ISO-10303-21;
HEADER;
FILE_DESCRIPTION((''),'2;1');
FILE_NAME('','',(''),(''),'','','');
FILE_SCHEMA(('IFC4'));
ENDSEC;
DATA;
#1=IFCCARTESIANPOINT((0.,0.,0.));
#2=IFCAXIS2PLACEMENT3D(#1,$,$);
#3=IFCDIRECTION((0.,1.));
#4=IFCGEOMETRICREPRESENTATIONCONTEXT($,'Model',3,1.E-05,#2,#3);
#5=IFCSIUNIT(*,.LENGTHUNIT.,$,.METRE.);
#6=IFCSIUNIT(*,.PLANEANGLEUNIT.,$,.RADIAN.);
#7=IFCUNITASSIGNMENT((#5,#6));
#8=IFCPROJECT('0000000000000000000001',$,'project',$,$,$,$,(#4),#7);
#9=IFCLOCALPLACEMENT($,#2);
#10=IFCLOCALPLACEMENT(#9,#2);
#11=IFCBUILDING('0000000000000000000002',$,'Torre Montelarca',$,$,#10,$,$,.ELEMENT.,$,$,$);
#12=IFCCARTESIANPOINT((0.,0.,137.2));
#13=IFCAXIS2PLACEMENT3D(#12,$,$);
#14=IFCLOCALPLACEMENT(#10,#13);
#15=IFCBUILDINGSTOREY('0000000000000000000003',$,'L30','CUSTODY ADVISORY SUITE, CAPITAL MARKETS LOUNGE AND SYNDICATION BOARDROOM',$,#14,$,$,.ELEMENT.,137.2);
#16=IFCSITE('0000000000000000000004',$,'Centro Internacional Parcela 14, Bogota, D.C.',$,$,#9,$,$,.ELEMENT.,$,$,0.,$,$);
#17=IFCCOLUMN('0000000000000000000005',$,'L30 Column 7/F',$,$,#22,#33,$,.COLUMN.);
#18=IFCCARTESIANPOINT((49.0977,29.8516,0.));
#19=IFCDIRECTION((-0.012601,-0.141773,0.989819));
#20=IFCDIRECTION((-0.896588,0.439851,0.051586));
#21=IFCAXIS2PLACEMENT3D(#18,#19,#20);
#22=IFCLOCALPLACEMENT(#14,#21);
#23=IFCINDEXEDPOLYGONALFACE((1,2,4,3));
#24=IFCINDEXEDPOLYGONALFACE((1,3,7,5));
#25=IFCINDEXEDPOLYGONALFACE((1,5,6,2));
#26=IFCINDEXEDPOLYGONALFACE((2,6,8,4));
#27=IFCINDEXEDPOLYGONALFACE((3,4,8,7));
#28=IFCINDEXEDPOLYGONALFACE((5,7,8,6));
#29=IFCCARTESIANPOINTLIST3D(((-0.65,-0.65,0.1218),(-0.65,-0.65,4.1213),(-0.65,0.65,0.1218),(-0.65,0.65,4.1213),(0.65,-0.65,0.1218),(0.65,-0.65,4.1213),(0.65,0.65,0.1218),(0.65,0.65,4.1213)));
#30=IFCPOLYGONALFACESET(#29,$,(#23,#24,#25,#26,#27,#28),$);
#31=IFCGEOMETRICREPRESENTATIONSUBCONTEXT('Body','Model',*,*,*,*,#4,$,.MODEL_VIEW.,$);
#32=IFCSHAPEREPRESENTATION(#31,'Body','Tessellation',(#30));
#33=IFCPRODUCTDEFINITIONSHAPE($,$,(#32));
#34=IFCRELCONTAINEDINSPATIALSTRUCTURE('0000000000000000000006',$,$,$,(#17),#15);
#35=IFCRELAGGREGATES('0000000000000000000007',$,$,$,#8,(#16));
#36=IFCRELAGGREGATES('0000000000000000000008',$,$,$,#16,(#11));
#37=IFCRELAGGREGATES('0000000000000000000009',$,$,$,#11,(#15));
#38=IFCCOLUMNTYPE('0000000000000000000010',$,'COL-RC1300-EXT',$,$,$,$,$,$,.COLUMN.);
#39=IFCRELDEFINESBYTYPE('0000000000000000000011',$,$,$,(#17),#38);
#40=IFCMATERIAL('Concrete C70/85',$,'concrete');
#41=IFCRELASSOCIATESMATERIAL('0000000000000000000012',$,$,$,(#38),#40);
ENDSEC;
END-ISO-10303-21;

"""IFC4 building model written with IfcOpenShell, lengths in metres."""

from ifc_helpers import new_model, si_unit, direction, frame, origin, origin_2d, place, context, subcontext, project, spatial, rectangle, extrude, clip, halfspace, material, material_profile, profile_set, type_object, element, save


model = new_model("IFC4")

# Units and contexts
model_context = context("Model", 3, precision=1e-05, world=origin(), true_north=direction((0.0, 1.0)))
body_context = subcontext(model_context, "Body", "Model", "MODEL_VIEW")
ifc_project = project(units=[si_unit("LENGTHUNIT", "METRE"), si_unit("PLANEANGLEUNIT", "RADIAN")], contexts=[model_context])

# Site, building, storey
site_placement = place(None, origin())
site = spatial("IfcSite", under=ifc_project, at=site_placement, Name="Centro Internacional Parcela 14, Bogota, D.C.", CompositionType="ELEMENT", RefElevation=0.0)
building_placement = place(site_placement, origin())
building = spatial("IfcBuilding", under=site, at=building_placement, Name="Torre Montelarca", CompositionType="ELEMENT")
storey_placement = place(building_placement, frame((0.0, 0.0, 137.2)))
storey = spatial("IfcBuildingStorey", under=building, at=storey_placement, Name="L30", Description="CUSTODY ADVISORY SUITE, CAPITAL MARKETS LOUNGE AND SYNDICATION BOARDROOM", CompositionType="ELEMENT", Elevation=137.2)

# Column
ifc_material_1 = material(Name="Concrete C70/85", Category="concrete")
ifc_material_profile_1 = material_profile(ifc_material_1, rectangle(XDim=1.3, YDim=1.3, at=origin_2d()), Name="RC1300X1300", Category="concrete")
ifc_profile_set_1 = profile_set([ifc_material_profile_1], Name="Concrete C70/85")
column_type = type_object("IfcColumnType", Name="COL-RC1300-EXT", PredefinedType="COLUMN", material=ifc_profile_set_1)
column_placement = place(storey_placement, frame((49.0977, 29.8516, 0.0), z_axis=(-0.012601, -0.141773, 0.989819), x_axis=(-0.896588, 0.439851, 0.051586)))
element("IfcColumn", 1, at=column_placement, inside=storey, type_object=column_type, Name="L30 Column 7/F", PredefinedType="COLUMN", context=body_context, shape_type="Clipping", body=[
    clip(clip(extrude(rectangle(XDim=1.3, YDim=1.3, at=origin_2d()), origin(), (0.0, 0.0, 1.0), 4.2432), halfspace(frame((0.0, 0.0, 0.1218), z_axis=(0.0, 0.0, -1.0), x_axis=(1.0, 0.0, 0.0)), False)), halfspace(frame((0.0, 0.0, 4.1213), z_axis=(0.0, 0.0, 1.0), x_axis=(1.0, 0.0, 0.0)), False)),
])

save(model, "model.ifc")
